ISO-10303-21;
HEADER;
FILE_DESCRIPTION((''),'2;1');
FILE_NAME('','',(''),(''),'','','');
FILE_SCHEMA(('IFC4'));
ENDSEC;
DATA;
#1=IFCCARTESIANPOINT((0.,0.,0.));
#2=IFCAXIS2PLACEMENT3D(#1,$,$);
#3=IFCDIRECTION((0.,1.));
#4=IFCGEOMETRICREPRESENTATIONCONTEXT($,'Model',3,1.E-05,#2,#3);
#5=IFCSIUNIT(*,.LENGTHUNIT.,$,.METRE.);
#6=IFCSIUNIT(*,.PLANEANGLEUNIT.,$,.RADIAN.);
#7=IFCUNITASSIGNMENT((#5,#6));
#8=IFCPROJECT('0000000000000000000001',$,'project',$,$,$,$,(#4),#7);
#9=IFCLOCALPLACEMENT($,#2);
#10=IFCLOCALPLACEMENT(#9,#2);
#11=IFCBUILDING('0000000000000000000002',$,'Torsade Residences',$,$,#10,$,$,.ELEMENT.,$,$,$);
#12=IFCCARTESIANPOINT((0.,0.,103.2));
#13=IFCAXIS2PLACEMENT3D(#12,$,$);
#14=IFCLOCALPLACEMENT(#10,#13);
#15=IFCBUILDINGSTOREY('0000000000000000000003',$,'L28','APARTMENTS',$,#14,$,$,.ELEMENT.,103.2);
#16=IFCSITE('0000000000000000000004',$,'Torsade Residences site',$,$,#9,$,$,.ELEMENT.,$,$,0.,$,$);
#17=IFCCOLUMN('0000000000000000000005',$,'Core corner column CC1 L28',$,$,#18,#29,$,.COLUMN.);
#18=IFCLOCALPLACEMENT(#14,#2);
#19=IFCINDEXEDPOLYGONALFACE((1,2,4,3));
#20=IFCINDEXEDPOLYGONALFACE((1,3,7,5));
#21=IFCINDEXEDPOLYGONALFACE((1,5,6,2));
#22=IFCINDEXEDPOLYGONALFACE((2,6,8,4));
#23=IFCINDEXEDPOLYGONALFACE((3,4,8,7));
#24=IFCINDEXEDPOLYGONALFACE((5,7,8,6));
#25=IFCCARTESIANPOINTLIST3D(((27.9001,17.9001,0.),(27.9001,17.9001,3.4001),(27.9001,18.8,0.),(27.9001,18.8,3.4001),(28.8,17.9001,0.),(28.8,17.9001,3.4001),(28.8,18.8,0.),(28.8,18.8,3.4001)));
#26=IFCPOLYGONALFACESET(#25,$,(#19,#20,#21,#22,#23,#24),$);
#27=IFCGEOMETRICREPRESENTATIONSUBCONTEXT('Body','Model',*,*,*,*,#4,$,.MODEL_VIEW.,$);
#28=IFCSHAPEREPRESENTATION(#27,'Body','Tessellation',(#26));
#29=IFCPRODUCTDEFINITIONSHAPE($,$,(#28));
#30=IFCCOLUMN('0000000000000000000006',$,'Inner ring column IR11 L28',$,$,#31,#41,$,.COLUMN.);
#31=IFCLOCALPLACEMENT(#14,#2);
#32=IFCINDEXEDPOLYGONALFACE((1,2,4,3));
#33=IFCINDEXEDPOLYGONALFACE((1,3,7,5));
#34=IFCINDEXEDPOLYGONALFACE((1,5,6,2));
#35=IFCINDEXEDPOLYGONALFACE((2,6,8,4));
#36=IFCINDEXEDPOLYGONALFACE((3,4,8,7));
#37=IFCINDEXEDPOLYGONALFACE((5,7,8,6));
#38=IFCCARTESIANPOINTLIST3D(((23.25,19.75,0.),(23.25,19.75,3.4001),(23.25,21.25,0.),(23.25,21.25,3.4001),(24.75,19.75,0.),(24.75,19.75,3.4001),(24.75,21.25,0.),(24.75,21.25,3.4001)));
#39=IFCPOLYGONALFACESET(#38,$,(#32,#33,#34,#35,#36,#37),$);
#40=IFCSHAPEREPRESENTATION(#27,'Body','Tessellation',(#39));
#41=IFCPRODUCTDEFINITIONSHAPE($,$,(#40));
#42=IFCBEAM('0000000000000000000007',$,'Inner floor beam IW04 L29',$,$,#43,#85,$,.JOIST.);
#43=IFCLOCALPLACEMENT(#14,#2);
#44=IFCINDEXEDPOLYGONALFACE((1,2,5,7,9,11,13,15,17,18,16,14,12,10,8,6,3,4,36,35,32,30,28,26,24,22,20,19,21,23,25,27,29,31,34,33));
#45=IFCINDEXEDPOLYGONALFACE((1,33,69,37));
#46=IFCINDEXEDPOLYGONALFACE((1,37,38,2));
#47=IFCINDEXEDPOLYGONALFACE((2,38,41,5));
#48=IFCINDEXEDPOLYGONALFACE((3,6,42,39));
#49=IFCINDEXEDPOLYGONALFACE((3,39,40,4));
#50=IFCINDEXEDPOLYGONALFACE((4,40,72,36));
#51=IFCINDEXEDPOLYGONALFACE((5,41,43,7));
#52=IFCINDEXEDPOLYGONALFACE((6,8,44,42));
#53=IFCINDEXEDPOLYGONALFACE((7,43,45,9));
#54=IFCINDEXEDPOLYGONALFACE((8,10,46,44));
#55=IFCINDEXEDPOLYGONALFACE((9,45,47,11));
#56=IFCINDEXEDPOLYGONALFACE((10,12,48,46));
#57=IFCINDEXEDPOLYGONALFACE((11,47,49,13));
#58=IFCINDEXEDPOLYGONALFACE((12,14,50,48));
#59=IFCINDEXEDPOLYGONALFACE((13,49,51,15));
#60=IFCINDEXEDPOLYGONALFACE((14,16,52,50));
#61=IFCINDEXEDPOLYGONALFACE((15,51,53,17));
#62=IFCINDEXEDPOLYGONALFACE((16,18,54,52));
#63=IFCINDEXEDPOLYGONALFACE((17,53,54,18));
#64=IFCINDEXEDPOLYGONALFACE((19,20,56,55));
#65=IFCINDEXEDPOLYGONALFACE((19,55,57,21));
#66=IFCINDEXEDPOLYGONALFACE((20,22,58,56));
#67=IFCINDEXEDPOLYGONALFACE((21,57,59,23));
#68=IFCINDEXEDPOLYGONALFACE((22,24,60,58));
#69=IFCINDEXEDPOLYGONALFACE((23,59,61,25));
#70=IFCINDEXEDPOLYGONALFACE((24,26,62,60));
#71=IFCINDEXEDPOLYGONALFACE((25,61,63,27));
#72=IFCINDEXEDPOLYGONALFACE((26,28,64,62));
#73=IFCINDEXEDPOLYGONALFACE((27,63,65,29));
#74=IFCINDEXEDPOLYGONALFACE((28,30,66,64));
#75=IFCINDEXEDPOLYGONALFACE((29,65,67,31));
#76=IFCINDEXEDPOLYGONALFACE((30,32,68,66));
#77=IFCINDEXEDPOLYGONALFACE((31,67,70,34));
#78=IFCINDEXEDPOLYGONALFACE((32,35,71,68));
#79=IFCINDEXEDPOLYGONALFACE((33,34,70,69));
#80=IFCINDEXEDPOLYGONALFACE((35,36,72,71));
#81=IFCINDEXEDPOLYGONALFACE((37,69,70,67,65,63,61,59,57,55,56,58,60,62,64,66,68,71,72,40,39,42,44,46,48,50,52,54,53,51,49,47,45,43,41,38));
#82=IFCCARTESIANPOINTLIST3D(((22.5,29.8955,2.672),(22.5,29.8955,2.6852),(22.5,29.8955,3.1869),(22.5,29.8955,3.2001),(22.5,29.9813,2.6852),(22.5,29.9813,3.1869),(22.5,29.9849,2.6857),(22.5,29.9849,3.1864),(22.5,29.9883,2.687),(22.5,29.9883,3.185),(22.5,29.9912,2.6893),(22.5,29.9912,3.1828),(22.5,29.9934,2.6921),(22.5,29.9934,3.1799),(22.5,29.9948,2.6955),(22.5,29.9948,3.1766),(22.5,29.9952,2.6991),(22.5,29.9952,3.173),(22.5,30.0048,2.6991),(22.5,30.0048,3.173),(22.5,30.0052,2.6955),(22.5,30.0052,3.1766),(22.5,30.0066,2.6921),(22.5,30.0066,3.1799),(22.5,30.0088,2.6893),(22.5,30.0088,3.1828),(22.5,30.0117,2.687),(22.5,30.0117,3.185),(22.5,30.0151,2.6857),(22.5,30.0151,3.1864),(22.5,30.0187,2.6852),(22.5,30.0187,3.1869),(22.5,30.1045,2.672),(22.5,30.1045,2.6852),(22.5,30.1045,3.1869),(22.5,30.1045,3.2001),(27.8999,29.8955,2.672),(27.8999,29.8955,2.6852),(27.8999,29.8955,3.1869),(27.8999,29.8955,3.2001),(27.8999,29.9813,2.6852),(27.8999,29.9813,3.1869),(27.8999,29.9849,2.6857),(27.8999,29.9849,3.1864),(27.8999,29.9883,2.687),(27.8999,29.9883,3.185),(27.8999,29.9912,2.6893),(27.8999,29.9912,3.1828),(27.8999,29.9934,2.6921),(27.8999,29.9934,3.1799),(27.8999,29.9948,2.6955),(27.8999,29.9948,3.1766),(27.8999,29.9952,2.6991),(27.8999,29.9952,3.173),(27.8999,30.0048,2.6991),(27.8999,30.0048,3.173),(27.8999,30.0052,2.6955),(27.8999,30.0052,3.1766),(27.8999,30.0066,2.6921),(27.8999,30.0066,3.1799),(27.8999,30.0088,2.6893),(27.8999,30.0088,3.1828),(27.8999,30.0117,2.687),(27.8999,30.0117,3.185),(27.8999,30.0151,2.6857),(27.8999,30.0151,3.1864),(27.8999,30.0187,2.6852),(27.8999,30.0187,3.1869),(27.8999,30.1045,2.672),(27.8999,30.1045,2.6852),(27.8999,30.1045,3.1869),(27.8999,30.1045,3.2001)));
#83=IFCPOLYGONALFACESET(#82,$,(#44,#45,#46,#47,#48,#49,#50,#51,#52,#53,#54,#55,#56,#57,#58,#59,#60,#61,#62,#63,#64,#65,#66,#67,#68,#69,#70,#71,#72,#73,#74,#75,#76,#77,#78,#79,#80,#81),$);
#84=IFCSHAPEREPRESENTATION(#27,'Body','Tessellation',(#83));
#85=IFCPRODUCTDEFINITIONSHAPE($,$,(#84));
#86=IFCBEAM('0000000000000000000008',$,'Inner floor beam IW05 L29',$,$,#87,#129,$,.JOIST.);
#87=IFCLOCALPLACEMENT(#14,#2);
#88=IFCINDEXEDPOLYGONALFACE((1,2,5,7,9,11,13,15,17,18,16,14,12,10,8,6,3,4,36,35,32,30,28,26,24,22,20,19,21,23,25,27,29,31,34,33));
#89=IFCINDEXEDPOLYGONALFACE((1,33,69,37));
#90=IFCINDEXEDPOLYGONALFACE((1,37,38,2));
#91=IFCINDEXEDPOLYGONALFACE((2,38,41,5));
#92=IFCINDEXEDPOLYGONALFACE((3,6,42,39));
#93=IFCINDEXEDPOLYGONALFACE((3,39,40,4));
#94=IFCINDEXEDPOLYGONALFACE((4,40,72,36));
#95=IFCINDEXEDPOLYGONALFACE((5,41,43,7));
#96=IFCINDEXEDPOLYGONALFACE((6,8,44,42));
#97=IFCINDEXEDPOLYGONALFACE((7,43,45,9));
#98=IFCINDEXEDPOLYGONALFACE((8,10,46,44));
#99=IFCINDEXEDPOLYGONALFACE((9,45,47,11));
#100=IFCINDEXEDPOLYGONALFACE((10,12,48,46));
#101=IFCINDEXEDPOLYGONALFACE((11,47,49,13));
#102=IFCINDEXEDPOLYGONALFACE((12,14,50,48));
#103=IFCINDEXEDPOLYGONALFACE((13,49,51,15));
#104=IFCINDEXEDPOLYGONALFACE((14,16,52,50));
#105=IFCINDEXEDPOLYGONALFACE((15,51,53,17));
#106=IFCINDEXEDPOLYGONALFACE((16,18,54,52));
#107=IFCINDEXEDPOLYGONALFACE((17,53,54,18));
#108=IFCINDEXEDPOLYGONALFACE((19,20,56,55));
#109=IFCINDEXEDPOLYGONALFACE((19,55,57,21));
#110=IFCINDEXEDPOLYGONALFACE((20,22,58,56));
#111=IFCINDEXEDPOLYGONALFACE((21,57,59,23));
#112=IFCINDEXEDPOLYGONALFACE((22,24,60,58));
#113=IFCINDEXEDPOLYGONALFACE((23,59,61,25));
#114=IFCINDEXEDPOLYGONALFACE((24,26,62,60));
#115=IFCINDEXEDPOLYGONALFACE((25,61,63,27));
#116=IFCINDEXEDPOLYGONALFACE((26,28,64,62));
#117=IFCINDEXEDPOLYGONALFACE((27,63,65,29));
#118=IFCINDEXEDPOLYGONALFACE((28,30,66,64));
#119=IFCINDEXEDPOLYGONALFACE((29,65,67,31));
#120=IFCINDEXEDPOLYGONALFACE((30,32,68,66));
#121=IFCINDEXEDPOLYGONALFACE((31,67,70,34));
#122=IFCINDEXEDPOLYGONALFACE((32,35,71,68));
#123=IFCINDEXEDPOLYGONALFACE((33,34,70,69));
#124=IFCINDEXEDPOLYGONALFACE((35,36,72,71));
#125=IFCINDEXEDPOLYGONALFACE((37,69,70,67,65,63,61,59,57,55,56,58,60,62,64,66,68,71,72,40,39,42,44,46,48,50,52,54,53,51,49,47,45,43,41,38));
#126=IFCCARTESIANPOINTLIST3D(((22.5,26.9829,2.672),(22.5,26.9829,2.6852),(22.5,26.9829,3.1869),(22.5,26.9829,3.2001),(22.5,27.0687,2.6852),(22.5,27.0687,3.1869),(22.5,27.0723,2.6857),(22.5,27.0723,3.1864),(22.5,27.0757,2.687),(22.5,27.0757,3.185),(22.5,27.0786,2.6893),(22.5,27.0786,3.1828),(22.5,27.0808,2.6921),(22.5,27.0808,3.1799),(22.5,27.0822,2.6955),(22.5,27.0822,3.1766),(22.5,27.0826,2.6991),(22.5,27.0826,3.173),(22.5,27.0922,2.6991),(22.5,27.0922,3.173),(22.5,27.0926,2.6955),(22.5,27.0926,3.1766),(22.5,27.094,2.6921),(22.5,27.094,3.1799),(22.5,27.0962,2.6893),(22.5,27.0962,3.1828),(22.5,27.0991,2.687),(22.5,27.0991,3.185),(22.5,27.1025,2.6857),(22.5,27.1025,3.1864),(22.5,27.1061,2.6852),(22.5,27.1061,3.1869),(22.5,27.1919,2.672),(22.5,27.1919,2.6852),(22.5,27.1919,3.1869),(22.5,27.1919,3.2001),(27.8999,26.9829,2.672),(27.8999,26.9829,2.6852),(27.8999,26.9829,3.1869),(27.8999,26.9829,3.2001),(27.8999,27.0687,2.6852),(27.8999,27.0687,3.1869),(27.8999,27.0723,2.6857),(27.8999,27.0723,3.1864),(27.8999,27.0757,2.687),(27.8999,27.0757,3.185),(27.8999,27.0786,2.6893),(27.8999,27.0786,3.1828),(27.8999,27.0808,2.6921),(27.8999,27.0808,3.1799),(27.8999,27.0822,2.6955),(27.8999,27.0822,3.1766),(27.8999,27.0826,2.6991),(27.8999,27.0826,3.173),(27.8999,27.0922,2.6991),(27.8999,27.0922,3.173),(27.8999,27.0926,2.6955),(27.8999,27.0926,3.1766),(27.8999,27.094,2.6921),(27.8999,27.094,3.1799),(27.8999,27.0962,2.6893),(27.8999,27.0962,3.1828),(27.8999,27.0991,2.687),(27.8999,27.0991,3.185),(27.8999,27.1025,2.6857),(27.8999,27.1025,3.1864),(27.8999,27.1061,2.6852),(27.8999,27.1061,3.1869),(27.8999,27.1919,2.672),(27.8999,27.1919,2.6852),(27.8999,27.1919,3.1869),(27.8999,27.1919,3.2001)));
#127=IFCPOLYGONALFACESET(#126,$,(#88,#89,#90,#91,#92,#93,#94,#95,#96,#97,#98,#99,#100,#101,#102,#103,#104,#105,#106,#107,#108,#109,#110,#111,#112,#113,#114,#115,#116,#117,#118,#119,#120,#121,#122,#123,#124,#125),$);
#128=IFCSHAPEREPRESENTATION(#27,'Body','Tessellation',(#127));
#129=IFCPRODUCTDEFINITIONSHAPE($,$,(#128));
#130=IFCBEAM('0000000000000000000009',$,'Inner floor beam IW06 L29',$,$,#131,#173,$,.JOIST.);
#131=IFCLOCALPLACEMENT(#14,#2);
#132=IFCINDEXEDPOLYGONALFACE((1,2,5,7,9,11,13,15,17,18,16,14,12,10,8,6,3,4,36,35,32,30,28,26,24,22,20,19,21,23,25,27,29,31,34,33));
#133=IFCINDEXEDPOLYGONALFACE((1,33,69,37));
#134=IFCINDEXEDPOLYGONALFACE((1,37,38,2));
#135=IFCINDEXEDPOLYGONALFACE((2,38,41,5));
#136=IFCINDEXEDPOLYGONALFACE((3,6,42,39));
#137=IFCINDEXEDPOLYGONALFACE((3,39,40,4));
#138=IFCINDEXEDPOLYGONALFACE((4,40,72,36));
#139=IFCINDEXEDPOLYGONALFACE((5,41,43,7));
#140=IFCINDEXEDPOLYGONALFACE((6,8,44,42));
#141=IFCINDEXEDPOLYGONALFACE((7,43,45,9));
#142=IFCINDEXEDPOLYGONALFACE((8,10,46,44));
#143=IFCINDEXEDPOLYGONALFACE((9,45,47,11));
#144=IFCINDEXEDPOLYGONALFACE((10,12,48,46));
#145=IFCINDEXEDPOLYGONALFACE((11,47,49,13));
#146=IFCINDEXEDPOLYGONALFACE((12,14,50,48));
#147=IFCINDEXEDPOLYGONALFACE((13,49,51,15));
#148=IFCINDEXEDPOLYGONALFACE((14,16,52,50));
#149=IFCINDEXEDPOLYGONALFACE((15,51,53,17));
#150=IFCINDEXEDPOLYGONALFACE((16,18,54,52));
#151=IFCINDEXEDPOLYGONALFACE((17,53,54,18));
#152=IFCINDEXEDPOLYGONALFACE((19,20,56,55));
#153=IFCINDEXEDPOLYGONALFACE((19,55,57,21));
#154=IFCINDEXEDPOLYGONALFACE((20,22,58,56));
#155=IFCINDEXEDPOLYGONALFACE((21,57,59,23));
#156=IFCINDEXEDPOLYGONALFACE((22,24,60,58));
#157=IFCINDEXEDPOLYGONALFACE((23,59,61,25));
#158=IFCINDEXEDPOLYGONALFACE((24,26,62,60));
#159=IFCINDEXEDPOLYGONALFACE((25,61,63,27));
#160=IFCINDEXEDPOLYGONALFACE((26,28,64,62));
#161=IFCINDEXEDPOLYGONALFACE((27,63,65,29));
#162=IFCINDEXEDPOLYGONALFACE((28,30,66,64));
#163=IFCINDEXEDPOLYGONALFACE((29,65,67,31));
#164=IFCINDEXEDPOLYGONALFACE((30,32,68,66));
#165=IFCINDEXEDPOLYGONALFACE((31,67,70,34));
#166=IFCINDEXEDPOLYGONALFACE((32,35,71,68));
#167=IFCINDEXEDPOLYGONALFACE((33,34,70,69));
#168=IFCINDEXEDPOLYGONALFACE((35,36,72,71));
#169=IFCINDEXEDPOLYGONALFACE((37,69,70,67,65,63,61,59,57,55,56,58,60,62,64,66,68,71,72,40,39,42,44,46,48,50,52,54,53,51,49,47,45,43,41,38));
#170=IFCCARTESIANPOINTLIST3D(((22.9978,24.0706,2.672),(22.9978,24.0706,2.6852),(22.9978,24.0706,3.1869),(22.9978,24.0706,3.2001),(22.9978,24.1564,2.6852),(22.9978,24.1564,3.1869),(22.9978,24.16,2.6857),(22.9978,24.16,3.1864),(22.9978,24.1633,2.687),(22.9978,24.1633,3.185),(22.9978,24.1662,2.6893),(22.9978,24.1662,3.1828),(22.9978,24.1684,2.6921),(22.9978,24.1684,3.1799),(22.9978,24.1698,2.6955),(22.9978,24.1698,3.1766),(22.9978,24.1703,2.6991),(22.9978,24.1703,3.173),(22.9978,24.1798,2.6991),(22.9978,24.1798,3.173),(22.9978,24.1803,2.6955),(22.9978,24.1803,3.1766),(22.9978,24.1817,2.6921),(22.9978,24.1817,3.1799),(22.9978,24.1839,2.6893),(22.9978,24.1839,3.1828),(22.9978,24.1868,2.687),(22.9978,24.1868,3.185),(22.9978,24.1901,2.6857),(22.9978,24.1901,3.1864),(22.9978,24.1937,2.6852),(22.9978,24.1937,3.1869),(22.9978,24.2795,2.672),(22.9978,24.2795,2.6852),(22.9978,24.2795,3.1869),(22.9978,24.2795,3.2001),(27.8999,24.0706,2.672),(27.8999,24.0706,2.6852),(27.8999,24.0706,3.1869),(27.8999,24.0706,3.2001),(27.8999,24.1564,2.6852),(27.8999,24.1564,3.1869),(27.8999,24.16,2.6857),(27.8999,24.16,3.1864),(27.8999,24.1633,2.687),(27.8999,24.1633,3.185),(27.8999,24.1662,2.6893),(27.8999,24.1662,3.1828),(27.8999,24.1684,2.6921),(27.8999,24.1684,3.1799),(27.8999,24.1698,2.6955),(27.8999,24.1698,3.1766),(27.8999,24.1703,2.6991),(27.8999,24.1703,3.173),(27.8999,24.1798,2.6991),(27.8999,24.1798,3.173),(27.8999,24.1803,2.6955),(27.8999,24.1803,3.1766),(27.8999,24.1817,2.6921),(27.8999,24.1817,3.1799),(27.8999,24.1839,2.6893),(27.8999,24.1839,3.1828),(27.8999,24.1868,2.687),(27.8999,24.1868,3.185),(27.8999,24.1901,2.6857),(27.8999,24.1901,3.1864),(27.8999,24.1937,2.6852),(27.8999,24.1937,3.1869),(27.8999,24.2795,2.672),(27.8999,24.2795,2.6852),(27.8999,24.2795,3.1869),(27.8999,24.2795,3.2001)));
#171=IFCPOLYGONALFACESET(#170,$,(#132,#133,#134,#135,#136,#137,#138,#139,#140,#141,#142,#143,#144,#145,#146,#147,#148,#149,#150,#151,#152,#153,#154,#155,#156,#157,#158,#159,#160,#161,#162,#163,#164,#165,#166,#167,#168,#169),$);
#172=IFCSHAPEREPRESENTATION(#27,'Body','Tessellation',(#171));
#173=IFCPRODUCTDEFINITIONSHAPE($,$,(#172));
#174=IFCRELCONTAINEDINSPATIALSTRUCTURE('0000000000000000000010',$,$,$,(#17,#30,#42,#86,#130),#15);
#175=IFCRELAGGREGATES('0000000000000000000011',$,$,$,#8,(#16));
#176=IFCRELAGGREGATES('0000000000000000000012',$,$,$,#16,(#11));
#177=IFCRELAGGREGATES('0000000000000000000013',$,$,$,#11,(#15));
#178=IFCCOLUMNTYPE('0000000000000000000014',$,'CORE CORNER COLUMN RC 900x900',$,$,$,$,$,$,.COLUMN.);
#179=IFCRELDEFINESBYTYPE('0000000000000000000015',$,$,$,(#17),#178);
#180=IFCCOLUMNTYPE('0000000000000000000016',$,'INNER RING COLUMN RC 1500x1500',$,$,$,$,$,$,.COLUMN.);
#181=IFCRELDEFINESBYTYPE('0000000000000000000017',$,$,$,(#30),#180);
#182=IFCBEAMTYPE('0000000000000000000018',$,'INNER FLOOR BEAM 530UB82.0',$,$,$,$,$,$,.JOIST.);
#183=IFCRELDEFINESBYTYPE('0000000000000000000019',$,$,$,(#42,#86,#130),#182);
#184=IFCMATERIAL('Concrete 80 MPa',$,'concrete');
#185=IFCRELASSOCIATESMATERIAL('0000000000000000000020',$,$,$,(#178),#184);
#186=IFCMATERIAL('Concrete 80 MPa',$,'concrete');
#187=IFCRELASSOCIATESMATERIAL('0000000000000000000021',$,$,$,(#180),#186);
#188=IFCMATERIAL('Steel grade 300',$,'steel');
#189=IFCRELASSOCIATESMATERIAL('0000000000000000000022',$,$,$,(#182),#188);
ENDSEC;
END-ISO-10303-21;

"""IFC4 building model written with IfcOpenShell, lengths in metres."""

from ifc_helpers import new_model, si_unit, direction, frame, origin, origin_2d, place, context, subcontext, project, spatial, rectangle, i_section, extrude, material, material_profile, profile_set, type_object, element, save


model = new_model("IFC4")

# Units and contexts
model_context = context("Model", 3, precision=1e-05, world=origin(), true_north=direction((0.0, 1.0)))
body_context = subcontext(model_context, "Body", "Model", "MODEL_VIEW")
ifc_project = project(units=[si_unit("LENGTHUNIT", "METRE"), si_unit("PLANEANGLEUNIT", "RADIAN")], contexts=[model_context])

# Site, building, storey
site_placement = place(None, origin())
site = spatial("IfcSite", under=ifc_project, at=site_placement, Name="Torsade Residences site", CompositionType="ELEMENT", RefElevation=0.0)
building_placement = place(site_placement, origin())
building = spatial("IfcBuilding", under=site, at=building_placement, Name="Torsade Residences", CompositionType="ELEMENT")
storey_placement = place(building_placement, frame((0.0, 0.0, 103.2)))
storey = spatial("IfcBuildingStorey", under=building, at=storey_placement, Name="L28", Description="APARTMENTS", CompositionType="ELEMENT", Elevation=103.2)

# Columns
ifc_material_1 = material(Name="Concrete 80 MPa", Category="concrete")
ifc_material_profile_1 = material_profile(ifc_material_1, rectangle(XDim=0.8999, YDim=0.8999, at=origin_2d()), Name="RC 900x900")
ifc_profile_set_1 = profile_set([ifc_material_profile_1], Name="Concrete 80 MPa")
column_type_1 = type_object("IfcColumnType", Name="CORE CORNER COLUMN RC 900x900", PredefinedType="COLUMN", material=ifc_profile_set_1)
column_1_placement = place(storey_placement, frame((28.3501, 18.3501, 0.0), z_axis=(0.0, 0.0, 1.0), x_axis=(1.0, 0.0, 0.0)))
element("IfcColumn", 1, at=column_1_placement, inside=storey, type_object=column_type_1, Name="Core corner column CC1 L28", PredefinedType="COLUMN", context=body_context, shape_type="SweptSolid", body=[
    extrude(rectangle(XDim=0.8999, YDim=0.8999, at=origin_2d()), origin(), (0.0, 0.0, 1.0), 3.4001),
])
ifc_material_2 = material(Name="Concrete 80 MPa", Category="concrete")
ifc_material_profile_2 = material_profile(ifc_material_2, rectangle(XDim=1.5, YDim=1.5, at=origin_2d()), Name="RC 1500x1500")
ifc_profile_set_2 = profile_set([ifc_material_profile_2], Name="Concrete 80 MPa")
column_type_2 = type_object("IfcColumnType", Name="INNER RING COLUMN RC 1500x1500", PredefinedType="COLUMN", material=ifc_profile_set_2)
column_2_placement = place(storey_placement, frame((24.0, 20.5, 0.0), z_axis=(0.0, 0.0, 1.0), x_axis=(1.0, 0.0, 0.0)))
element("IfcColumn", 2, at=column_2_placement, inside=storey, type_object=column_type_2, Name="Inner ring column IR11 L28", PredefinedType="COLUMN", context=body_context, shape_type="SweptSolid", body=[
    extrude(rectangle(XDim=1.5, YDim=1.5, at=origin_2d()), origin(), (0.0, 0.0, 1.0), 3.4001),
])

# Beams
ifc_material_3 = material(Name="Steel grade 300", Category="steel")
ifc_material_profile_3 = material_profile(ifc_material_3, i_section(OverallWidth=0.209, OverallDepth=0.5281, WebThickness=0.0095, FlangeThickness=0.0132, FilletRadius=0.0139, at=origin_2d()), Name="530UB82.0")
ifc_profile_set_3 = profile_set([ifc_material_profile_3], Name="Steel grade 300")
beam_type_1 = type_object("IfcBeamType", Name="INNER FLOOR BEAM 530UB82.0", PredefinedType="JOIST", material=ifc_profile_set_3)
for number, where, z_axis, x_axis, name in (
    (3, (27.8999, 30.0, 2.936), (-1.0, 0.0, 0.0), (0.0, -1.0, 0.0), "Inner floor beam IW04 L29"),
    (4, (27.8999, 27.0874, 2.936), (-1.0, 0.0, 0.0), (0.0, -1.0, 0.0), "Inner floor beam IW05 L29"),
):
    element("IfcBeam", number, at=place(storey_placement, frame(where, z_axis=z_axis, x_axis=x_axis)), inside=storey, type_object=beam_type_1, Name=name, PredefinedType="JOIST", context=body_context, shape_type="SweptSolid", body=[
        extrude(i_section(OverallWidth=0.209, OverallDepth=0.5281, WebThickness=0.0095, FlangeThickness=0.0132, FilletRadius=0.0139, at=origin_2d()), origin(), (0.0, 0.0, 1.0), 5.3999),
    ])
beam_1_placement = place(storey_placement, frame((27.8999, 24.175, 2.936), z_axis=(-1.0, 0.0, 0.0), x_axis=(0.0, -1.0, 0.0)))
element("IfcBeam", 5, at=beam_1_placement, inside=storey, type_object=beam_type_1, Name="Inner floor beam IW06 L29", PredefinedType="JOIST", context=body_context, shape_type="SweptSolid", body=[
    extrude(i_section(OverallWidth=0.209, OverallDepth=0.5281, WebThickness=0.0095, FlangeThickness=0.0132, FilletRadius=0.0139, at=origin_2d()), origin(), (0.0, 0.0, 1.0), 4.9021),
])

save(model, "model.ifc")
